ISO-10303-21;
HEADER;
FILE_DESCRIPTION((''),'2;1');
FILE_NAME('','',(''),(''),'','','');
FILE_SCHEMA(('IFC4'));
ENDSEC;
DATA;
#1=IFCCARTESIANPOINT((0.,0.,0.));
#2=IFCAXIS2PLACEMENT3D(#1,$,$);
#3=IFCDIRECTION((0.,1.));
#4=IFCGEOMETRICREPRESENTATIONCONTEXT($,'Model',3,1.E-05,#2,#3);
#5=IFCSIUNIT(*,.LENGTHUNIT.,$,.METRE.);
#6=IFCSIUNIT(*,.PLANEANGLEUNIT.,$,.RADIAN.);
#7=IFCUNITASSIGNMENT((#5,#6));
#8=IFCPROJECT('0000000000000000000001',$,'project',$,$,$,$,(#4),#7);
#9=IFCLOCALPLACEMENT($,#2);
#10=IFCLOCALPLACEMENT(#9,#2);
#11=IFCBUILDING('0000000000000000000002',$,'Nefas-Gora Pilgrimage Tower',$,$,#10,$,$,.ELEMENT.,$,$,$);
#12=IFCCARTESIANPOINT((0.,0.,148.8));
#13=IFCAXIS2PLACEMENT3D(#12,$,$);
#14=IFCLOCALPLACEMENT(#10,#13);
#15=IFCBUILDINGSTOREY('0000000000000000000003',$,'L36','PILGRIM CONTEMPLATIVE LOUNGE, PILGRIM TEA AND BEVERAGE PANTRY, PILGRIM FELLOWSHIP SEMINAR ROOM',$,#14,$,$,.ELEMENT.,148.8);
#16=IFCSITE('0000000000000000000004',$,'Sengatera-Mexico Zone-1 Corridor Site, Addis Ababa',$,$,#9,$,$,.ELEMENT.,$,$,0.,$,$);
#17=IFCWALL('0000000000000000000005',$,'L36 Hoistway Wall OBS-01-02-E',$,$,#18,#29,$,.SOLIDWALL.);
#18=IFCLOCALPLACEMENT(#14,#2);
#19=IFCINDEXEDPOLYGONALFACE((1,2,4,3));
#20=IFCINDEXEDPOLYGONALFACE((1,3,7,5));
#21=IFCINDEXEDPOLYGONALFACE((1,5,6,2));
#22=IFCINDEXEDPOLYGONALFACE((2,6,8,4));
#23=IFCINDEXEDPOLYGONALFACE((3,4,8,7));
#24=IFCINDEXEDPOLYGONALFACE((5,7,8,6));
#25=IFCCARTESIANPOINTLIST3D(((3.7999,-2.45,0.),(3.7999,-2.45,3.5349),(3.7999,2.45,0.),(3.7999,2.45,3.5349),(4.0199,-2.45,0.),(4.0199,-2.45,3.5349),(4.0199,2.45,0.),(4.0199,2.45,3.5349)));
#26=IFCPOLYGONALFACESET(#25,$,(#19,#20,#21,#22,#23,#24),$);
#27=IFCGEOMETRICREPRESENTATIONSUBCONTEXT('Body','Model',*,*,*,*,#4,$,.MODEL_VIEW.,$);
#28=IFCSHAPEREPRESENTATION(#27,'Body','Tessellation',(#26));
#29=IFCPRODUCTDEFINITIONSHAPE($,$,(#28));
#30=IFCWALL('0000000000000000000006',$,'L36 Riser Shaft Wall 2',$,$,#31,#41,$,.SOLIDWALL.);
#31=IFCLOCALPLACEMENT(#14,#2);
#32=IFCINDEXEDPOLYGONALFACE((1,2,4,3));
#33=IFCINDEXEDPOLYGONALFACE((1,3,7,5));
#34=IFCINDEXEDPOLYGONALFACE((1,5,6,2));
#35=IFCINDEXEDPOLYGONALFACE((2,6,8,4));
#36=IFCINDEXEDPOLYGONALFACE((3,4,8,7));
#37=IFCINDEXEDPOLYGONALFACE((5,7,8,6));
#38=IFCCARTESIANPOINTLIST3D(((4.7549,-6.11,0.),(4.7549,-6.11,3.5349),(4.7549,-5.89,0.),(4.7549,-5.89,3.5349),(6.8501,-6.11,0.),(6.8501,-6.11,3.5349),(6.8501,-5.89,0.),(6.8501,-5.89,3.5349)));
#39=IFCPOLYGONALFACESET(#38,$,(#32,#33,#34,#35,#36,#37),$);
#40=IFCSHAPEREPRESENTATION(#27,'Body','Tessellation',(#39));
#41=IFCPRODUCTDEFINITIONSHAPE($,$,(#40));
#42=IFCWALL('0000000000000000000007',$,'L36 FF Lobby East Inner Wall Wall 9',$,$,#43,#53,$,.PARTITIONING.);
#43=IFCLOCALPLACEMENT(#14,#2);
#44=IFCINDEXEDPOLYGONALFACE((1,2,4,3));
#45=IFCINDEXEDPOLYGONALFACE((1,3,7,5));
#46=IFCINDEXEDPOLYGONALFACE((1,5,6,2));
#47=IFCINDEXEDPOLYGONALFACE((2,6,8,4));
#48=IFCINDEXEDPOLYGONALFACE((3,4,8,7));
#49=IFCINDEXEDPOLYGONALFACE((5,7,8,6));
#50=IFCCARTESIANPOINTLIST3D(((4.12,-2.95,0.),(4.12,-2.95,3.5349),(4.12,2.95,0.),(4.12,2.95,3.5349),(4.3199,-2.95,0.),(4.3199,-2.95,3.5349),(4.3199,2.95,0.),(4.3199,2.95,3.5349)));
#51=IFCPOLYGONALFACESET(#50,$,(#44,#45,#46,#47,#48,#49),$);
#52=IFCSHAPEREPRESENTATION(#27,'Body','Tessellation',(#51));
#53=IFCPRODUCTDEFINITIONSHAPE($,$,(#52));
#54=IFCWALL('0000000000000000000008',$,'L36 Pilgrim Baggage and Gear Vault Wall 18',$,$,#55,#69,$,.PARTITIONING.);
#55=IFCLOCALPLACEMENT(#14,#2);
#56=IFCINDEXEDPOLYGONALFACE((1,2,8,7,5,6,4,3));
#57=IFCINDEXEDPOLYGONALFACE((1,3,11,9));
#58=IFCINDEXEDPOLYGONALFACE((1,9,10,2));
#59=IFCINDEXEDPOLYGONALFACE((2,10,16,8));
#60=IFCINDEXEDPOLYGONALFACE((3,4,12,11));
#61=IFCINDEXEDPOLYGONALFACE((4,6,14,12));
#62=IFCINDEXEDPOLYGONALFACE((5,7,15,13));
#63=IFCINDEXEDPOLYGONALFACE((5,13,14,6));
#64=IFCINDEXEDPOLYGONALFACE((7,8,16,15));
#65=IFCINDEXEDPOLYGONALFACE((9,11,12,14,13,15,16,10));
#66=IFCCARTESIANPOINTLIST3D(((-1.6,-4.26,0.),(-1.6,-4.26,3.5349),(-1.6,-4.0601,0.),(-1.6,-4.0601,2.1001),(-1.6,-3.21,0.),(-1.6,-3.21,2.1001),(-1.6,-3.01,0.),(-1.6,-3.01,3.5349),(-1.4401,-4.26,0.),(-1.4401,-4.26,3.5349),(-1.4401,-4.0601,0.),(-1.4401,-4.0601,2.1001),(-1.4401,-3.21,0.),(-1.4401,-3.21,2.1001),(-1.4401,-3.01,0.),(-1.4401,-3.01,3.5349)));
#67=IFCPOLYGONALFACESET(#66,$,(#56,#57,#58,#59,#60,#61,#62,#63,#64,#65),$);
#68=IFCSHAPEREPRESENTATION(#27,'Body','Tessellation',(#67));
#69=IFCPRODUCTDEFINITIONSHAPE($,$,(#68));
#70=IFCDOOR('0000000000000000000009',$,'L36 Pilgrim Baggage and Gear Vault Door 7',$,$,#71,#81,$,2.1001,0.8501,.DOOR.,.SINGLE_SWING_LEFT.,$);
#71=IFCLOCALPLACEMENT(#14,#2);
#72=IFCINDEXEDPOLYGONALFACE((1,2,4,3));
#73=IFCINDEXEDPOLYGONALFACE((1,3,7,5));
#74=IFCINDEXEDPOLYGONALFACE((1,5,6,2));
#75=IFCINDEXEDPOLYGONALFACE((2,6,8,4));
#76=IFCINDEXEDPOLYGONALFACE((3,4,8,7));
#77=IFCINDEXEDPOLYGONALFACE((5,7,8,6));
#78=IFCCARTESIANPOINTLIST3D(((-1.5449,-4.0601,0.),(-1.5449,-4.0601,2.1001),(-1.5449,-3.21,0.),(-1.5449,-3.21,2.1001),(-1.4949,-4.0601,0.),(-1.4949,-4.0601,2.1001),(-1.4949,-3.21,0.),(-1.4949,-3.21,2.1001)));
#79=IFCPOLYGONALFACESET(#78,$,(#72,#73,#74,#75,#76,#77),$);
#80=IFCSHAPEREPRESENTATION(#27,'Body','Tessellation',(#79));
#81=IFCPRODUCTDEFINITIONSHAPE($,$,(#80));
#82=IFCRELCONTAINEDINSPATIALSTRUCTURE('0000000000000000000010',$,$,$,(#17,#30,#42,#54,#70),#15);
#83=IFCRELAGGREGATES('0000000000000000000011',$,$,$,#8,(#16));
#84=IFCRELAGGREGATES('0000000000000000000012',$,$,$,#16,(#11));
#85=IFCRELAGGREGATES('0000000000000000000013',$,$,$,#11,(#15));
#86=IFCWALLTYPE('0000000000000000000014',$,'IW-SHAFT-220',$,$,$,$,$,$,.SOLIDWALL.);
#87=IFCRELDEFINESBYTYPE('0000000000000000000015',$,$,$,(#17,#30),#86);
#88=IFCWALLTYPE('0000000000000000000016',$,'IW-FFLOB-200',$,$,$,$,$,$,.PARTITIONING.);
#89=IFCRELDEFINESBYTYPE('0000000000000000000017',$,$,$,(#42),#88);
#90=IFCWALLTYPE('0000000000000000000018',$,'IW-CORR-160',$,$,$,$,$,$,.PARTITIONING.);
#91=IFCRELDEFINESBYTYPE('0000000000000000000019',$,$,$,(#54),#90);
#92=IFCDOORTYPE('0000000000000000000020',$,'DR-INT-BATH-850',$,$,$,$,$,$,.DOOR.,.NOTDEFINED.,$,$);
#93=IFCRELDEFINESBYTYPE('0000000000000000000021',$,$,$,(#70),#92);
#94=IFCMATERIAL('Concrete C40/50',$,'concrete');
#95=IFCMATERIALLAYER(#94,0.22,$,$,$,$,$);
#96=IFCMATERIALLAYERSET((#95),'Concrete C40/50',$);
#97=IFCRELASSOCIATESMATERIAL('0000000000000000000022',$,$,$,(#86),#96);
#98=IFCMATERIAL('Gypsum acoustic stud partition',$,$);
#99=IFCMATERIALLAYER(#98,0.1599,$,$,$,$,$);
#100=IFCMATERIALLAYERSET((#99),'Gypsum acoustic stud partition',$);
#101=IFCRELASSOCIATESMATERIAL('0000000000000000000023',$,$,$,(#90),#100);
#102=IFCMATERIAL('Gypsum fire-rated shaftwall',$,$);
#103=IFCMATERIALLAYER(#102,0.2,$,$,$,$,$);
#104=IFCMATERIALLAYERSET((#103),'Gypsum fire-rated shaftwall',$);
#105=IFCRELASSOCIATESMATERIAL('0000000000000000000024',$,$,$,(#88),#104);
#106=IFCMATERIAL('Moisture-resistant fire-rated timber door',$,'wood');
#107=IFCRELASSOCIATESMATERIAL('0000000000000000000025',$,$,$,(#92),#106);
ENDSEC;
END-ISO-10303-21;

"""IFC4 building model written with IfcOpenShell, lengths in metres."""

from ifc_helpers import new_model, si_unit, direction, frame, frame_2d, origin, place, context, subcontext, project, spatial, rectangle, extrude, source, transform, mapped, material, layer, layer_set, type_object, element, fill, save


model = new_model("IFC4")

# Units and contexts
model_context = context("Model", 3, precision=1e-05, world=origin(), true_north=direction((0.0, 1.0)))
body_context = subcontext(model_context, "Body", "Model", "MODEL_VIEW")
ifc_project = project(units=[si_unit("LENGTHUNIT", "METRE"), si_unit("PLANEANGLEUNIT", "RADIAN")], contexts=[model_context])

# Site, building, storey
site_placement = place(None, origin())
site = spatial("IfcSite", under=ifc_project, at=site_placement, Name="Sengatera-Mexico Zone-1 Corridor Site, Addis Ababa", CompositionType="ELEMENT", RefElevation=0.0)
building_placement = place(site_placement, origin())
building = spatial("IfcBuilding", under=site, at=building_placement, Name="Nefas-Gora Pilgrimage Tower", CompositionType="ELEMENT")
storey_placement = place(building_placement, frame((0.0, 0.0, 148.8)))
storey = spatial("IfcBuildingStorey", under=building, at=storey_placement, Name="L36", Description="PILGRIM CONTEMPLATIVE LOUNGE, PILGRIM TEA AND BEVERAGE PANTRY, PILGRIM FELLOWSHIP SEMINAR ROOM", CompositionType="ELEMENT", Elevation=148.8)

# Shared definitions
ifc_material_1 = material(Name="Concrete C40/50", Category="concrete")

# Shared definitions
ifc_layer_1 = layer(ifc_material_1, 0.22)
ifc_layer_set_1 = layer_set([ifc_layer_1], Name="Concrete C40/50")
wall_type_1 = type_object("IfcWallType", Name="IW-SHAFT-220", PredefinedType="SOLIDWALL", material=ifc_layer_set_1)

# Walls
ifc_material_2 = material(Name="Gypsum acoustic stud partition")
ifc_layer_2 = layer(ifc_material_2, 0.1599)
ifc_layer_set_2 = layer_set([ifc_layer_2], Name="Gypsum acoustic stud partition")
wall_type_2 = type_object("IfcWallType", Name="IW-CORR-160", PredefinedType="PARTITIONING", material=ifc_layer_set_2)
shared_shape_1 = source(origin(), body_context, "Body", "SweptSolid", [
    extrude(rectangle(XDim=4.8999, YDim=0.22, at=frame_2d((2.45, 0.0))), origin(), (0.0, 0.0, 1.0), 3.5349),
])
wall_1_placement = place(storey_placement, frame((3.9099, -2.45, 0.0), z_axis=(0.0, 0.0, 1.0), x_axis=(0.0, 1.0, 0.0)))
element("IfcWall", 1, at=wall_1_placement, inside=storey, type_object=wall_type_1, Name="L36 Hoistway Wall OBS-01-02-E", PredefinedType="SOLIDWALL", context=body_context, shape_type="MappedRepresentation", body=[
    mapped(shared_shape_1, transform((0.0, 0.0, 0.0), x_axis=(1.0, 0.0, 0.0), y_axis=(0.0, 1.0, 0.0), z_axis=(0.0, 0.0, 1.0), scale=1.0)),
])
shared_shape_2 = source(origin(), body_context, "Body", "SweptSolid", [
    extrude(rectangle(XDim=2.0952, YDim=0.22, at=frame_2d((1.0476, 0.0))), origin(), (0.0, 0.0, 1.0), 3.5349),
])
wall_2_placement = place(storey_placement, frame((4.7549, -6.0, 0.0), z_axis=(0.0, 0.0, 1.0), x_axis=(1.0, 0.0, 0.0)))
element("IfcWall", 2, at=wall_2_placement, inside=storey, type_object=wall_type_1, Name="L36 Riser Shaft Wall 2", PredefinedType="SOLIDWALL", context=body_context, shape_type="MappedRepresentation", body=[
    mapped(shared_shape_2, transform((0.0, 0.0, 0.0), x_axis=(1.0, 0.0, 0.0), y_axis=(0.0, 1.0, 0.0), z_axis=(0.0, 0.0, 1.0), scale=1.0)),
])
ifc_material_3 = material(Name="Gypsum fire-rated shaftwall")
ifc_layer_3 = layer(ifc_material_3, 0.2)
ifc_layer_set_3 = layer_set([ifc_layer_3], Name="Gypsum fire-rated shaftwall")
wall_type_3 = type_object("IfcWallType", Name="IW-FFLOB-200", PredefinedType="PARTITIONING", material=ifc_layer_set_3)
shared_shape_3 = source(origin(), body_context, "Body", "SweptSolid", [
    extrude(rectangle(XDim=5.8999, YDim=0.2, at=frame_2d((2.95, 0.0))), origin(), (0.0, 0.0, 1.0), 3.5349),
])
wall_3_placement = place(storey_placement, frame((4.22, -2.95, 0.0), z_axis=(0.0, 0.0, 1.0), x_axis=(0.0, 1.0, 0.0)))
element("IfcWall", 3, at=wall_3_placement, inside=storey, type_object=wall_type_3, Name="L36 FF Lobby East Inner Wall Wall 9", PredefinedType="PARTITIONING", context=body_context, shape_type="MappedRepresentation", body=[
    mapped(shared_shape_3, transform((0.0, 0.0, 0.0), x_axis=(1.0, 0.0, 0.0), y_axis=(0.0, 1.0, 0.0), z_axis=(0.0, 0.0, 1.0), scale=1.0)),
])

# Wall, opening, door
shared_shape_4 = source(origin(), body_context, "Body", "SweptSolid", [
    extrude(rectangle(XDim=1.25, YDim=0.1599, at=frame_2d((0.625, 0.0))), origin(), (0.0, 0.0, 1.0), 3.5349),
])
wall_4_placement = place(storey_placement, frame((-1.52, -4.26, 0.0), z_axis=(0.0, 0.0, 1.0), x_axis=(0.0, 1.0, 0.0)))
wall_4 = element("IfcWall", 4, at=wall_4_placement, inside=storey, type_object=wall_type_2, Name="L36 Pilgrim Baggage and Gear Vault Wall 18", PredefinedType="PARTITIONING", context=body_context, shape_type="MappedRepresentation", body=[
    mapped(shared_shape_4, transform((0.0, 0.0, 0.0), x_axis=(1.0, 0.0, 0.0), y_axis=(0.0, 1.0, 0.0), z_axis=(0.0, 0.0, 1.0), scale=1.0)),
])
opening_1_placement = place(wall_4_placement, frame((0.2, 0.0, 0.0)))
opening_1 = element("IfcOpeningElement", 5, at=opening_1_placement, cuts=wall_4, PredefinedType="OPENING", context=body_context, shape_type="SweptSolid", body=[
    extrude(rectangle(XDim=0.8501, YDim=2.1001, at=frame_2d((0.425, 1.05))), frame((0.0, 0.0898, 0.0), z_axis=(0.0, -1.0, 0.0), x_axis=(1.0, 0.0, 0.0)), (0.0, 0.0, 1.0), 0.1799),
])
ifc_material_4 = material(Name="Moisture-resistant fire-rated timber door", Category="wood")
door_type_1 = type_object("IfcDoorType", Name="DR-INT-BATH-850", OperationType="NOTDEFINED", PredefinedType="DOOR", material=ifc_material_4)
shared_shape_5 = source(origin(), body_context, "Body", "SweptSolid", [
    extrude(rectangle(XDim=0.8501, YDim=2.1001, at=frame_2d((0.425, 1.05))), frame((0.0, 0.0249, 0.0), z_axis=(0.0, -1.0, 0.0), x_axis=(1.0, 0.0, 0.0)), (0.0, 0.0, 1.0), 0.05),
])
door_1_placement = place(opening_1_placement, origin())
door_1 = element("IfcDoor", 6, at=door_1_placement, inside=storey, type_object=door_type_1, Name="L36 Pilgrim Baggage and Gear Vault Door 7", OperationType="SINGLE_SWING_LEFT", OverallHeight=2.1001, OverallWidth=0.8501, PredefinedType="DOOR", context=body_context, shape_type="MappedRepresentation", body=[
    mapped(shared_shape_5, transform((0.0, 0.0, 0.0), x_axis=(1.0, 0.0, 0.0), y_axis=(0.0, 1.0, 0.0), z_axis=(0.0, 0.0, 1.0), scale=1.0)),
])
fill(opening_1, door_1)

save(model, "model.ifc")
